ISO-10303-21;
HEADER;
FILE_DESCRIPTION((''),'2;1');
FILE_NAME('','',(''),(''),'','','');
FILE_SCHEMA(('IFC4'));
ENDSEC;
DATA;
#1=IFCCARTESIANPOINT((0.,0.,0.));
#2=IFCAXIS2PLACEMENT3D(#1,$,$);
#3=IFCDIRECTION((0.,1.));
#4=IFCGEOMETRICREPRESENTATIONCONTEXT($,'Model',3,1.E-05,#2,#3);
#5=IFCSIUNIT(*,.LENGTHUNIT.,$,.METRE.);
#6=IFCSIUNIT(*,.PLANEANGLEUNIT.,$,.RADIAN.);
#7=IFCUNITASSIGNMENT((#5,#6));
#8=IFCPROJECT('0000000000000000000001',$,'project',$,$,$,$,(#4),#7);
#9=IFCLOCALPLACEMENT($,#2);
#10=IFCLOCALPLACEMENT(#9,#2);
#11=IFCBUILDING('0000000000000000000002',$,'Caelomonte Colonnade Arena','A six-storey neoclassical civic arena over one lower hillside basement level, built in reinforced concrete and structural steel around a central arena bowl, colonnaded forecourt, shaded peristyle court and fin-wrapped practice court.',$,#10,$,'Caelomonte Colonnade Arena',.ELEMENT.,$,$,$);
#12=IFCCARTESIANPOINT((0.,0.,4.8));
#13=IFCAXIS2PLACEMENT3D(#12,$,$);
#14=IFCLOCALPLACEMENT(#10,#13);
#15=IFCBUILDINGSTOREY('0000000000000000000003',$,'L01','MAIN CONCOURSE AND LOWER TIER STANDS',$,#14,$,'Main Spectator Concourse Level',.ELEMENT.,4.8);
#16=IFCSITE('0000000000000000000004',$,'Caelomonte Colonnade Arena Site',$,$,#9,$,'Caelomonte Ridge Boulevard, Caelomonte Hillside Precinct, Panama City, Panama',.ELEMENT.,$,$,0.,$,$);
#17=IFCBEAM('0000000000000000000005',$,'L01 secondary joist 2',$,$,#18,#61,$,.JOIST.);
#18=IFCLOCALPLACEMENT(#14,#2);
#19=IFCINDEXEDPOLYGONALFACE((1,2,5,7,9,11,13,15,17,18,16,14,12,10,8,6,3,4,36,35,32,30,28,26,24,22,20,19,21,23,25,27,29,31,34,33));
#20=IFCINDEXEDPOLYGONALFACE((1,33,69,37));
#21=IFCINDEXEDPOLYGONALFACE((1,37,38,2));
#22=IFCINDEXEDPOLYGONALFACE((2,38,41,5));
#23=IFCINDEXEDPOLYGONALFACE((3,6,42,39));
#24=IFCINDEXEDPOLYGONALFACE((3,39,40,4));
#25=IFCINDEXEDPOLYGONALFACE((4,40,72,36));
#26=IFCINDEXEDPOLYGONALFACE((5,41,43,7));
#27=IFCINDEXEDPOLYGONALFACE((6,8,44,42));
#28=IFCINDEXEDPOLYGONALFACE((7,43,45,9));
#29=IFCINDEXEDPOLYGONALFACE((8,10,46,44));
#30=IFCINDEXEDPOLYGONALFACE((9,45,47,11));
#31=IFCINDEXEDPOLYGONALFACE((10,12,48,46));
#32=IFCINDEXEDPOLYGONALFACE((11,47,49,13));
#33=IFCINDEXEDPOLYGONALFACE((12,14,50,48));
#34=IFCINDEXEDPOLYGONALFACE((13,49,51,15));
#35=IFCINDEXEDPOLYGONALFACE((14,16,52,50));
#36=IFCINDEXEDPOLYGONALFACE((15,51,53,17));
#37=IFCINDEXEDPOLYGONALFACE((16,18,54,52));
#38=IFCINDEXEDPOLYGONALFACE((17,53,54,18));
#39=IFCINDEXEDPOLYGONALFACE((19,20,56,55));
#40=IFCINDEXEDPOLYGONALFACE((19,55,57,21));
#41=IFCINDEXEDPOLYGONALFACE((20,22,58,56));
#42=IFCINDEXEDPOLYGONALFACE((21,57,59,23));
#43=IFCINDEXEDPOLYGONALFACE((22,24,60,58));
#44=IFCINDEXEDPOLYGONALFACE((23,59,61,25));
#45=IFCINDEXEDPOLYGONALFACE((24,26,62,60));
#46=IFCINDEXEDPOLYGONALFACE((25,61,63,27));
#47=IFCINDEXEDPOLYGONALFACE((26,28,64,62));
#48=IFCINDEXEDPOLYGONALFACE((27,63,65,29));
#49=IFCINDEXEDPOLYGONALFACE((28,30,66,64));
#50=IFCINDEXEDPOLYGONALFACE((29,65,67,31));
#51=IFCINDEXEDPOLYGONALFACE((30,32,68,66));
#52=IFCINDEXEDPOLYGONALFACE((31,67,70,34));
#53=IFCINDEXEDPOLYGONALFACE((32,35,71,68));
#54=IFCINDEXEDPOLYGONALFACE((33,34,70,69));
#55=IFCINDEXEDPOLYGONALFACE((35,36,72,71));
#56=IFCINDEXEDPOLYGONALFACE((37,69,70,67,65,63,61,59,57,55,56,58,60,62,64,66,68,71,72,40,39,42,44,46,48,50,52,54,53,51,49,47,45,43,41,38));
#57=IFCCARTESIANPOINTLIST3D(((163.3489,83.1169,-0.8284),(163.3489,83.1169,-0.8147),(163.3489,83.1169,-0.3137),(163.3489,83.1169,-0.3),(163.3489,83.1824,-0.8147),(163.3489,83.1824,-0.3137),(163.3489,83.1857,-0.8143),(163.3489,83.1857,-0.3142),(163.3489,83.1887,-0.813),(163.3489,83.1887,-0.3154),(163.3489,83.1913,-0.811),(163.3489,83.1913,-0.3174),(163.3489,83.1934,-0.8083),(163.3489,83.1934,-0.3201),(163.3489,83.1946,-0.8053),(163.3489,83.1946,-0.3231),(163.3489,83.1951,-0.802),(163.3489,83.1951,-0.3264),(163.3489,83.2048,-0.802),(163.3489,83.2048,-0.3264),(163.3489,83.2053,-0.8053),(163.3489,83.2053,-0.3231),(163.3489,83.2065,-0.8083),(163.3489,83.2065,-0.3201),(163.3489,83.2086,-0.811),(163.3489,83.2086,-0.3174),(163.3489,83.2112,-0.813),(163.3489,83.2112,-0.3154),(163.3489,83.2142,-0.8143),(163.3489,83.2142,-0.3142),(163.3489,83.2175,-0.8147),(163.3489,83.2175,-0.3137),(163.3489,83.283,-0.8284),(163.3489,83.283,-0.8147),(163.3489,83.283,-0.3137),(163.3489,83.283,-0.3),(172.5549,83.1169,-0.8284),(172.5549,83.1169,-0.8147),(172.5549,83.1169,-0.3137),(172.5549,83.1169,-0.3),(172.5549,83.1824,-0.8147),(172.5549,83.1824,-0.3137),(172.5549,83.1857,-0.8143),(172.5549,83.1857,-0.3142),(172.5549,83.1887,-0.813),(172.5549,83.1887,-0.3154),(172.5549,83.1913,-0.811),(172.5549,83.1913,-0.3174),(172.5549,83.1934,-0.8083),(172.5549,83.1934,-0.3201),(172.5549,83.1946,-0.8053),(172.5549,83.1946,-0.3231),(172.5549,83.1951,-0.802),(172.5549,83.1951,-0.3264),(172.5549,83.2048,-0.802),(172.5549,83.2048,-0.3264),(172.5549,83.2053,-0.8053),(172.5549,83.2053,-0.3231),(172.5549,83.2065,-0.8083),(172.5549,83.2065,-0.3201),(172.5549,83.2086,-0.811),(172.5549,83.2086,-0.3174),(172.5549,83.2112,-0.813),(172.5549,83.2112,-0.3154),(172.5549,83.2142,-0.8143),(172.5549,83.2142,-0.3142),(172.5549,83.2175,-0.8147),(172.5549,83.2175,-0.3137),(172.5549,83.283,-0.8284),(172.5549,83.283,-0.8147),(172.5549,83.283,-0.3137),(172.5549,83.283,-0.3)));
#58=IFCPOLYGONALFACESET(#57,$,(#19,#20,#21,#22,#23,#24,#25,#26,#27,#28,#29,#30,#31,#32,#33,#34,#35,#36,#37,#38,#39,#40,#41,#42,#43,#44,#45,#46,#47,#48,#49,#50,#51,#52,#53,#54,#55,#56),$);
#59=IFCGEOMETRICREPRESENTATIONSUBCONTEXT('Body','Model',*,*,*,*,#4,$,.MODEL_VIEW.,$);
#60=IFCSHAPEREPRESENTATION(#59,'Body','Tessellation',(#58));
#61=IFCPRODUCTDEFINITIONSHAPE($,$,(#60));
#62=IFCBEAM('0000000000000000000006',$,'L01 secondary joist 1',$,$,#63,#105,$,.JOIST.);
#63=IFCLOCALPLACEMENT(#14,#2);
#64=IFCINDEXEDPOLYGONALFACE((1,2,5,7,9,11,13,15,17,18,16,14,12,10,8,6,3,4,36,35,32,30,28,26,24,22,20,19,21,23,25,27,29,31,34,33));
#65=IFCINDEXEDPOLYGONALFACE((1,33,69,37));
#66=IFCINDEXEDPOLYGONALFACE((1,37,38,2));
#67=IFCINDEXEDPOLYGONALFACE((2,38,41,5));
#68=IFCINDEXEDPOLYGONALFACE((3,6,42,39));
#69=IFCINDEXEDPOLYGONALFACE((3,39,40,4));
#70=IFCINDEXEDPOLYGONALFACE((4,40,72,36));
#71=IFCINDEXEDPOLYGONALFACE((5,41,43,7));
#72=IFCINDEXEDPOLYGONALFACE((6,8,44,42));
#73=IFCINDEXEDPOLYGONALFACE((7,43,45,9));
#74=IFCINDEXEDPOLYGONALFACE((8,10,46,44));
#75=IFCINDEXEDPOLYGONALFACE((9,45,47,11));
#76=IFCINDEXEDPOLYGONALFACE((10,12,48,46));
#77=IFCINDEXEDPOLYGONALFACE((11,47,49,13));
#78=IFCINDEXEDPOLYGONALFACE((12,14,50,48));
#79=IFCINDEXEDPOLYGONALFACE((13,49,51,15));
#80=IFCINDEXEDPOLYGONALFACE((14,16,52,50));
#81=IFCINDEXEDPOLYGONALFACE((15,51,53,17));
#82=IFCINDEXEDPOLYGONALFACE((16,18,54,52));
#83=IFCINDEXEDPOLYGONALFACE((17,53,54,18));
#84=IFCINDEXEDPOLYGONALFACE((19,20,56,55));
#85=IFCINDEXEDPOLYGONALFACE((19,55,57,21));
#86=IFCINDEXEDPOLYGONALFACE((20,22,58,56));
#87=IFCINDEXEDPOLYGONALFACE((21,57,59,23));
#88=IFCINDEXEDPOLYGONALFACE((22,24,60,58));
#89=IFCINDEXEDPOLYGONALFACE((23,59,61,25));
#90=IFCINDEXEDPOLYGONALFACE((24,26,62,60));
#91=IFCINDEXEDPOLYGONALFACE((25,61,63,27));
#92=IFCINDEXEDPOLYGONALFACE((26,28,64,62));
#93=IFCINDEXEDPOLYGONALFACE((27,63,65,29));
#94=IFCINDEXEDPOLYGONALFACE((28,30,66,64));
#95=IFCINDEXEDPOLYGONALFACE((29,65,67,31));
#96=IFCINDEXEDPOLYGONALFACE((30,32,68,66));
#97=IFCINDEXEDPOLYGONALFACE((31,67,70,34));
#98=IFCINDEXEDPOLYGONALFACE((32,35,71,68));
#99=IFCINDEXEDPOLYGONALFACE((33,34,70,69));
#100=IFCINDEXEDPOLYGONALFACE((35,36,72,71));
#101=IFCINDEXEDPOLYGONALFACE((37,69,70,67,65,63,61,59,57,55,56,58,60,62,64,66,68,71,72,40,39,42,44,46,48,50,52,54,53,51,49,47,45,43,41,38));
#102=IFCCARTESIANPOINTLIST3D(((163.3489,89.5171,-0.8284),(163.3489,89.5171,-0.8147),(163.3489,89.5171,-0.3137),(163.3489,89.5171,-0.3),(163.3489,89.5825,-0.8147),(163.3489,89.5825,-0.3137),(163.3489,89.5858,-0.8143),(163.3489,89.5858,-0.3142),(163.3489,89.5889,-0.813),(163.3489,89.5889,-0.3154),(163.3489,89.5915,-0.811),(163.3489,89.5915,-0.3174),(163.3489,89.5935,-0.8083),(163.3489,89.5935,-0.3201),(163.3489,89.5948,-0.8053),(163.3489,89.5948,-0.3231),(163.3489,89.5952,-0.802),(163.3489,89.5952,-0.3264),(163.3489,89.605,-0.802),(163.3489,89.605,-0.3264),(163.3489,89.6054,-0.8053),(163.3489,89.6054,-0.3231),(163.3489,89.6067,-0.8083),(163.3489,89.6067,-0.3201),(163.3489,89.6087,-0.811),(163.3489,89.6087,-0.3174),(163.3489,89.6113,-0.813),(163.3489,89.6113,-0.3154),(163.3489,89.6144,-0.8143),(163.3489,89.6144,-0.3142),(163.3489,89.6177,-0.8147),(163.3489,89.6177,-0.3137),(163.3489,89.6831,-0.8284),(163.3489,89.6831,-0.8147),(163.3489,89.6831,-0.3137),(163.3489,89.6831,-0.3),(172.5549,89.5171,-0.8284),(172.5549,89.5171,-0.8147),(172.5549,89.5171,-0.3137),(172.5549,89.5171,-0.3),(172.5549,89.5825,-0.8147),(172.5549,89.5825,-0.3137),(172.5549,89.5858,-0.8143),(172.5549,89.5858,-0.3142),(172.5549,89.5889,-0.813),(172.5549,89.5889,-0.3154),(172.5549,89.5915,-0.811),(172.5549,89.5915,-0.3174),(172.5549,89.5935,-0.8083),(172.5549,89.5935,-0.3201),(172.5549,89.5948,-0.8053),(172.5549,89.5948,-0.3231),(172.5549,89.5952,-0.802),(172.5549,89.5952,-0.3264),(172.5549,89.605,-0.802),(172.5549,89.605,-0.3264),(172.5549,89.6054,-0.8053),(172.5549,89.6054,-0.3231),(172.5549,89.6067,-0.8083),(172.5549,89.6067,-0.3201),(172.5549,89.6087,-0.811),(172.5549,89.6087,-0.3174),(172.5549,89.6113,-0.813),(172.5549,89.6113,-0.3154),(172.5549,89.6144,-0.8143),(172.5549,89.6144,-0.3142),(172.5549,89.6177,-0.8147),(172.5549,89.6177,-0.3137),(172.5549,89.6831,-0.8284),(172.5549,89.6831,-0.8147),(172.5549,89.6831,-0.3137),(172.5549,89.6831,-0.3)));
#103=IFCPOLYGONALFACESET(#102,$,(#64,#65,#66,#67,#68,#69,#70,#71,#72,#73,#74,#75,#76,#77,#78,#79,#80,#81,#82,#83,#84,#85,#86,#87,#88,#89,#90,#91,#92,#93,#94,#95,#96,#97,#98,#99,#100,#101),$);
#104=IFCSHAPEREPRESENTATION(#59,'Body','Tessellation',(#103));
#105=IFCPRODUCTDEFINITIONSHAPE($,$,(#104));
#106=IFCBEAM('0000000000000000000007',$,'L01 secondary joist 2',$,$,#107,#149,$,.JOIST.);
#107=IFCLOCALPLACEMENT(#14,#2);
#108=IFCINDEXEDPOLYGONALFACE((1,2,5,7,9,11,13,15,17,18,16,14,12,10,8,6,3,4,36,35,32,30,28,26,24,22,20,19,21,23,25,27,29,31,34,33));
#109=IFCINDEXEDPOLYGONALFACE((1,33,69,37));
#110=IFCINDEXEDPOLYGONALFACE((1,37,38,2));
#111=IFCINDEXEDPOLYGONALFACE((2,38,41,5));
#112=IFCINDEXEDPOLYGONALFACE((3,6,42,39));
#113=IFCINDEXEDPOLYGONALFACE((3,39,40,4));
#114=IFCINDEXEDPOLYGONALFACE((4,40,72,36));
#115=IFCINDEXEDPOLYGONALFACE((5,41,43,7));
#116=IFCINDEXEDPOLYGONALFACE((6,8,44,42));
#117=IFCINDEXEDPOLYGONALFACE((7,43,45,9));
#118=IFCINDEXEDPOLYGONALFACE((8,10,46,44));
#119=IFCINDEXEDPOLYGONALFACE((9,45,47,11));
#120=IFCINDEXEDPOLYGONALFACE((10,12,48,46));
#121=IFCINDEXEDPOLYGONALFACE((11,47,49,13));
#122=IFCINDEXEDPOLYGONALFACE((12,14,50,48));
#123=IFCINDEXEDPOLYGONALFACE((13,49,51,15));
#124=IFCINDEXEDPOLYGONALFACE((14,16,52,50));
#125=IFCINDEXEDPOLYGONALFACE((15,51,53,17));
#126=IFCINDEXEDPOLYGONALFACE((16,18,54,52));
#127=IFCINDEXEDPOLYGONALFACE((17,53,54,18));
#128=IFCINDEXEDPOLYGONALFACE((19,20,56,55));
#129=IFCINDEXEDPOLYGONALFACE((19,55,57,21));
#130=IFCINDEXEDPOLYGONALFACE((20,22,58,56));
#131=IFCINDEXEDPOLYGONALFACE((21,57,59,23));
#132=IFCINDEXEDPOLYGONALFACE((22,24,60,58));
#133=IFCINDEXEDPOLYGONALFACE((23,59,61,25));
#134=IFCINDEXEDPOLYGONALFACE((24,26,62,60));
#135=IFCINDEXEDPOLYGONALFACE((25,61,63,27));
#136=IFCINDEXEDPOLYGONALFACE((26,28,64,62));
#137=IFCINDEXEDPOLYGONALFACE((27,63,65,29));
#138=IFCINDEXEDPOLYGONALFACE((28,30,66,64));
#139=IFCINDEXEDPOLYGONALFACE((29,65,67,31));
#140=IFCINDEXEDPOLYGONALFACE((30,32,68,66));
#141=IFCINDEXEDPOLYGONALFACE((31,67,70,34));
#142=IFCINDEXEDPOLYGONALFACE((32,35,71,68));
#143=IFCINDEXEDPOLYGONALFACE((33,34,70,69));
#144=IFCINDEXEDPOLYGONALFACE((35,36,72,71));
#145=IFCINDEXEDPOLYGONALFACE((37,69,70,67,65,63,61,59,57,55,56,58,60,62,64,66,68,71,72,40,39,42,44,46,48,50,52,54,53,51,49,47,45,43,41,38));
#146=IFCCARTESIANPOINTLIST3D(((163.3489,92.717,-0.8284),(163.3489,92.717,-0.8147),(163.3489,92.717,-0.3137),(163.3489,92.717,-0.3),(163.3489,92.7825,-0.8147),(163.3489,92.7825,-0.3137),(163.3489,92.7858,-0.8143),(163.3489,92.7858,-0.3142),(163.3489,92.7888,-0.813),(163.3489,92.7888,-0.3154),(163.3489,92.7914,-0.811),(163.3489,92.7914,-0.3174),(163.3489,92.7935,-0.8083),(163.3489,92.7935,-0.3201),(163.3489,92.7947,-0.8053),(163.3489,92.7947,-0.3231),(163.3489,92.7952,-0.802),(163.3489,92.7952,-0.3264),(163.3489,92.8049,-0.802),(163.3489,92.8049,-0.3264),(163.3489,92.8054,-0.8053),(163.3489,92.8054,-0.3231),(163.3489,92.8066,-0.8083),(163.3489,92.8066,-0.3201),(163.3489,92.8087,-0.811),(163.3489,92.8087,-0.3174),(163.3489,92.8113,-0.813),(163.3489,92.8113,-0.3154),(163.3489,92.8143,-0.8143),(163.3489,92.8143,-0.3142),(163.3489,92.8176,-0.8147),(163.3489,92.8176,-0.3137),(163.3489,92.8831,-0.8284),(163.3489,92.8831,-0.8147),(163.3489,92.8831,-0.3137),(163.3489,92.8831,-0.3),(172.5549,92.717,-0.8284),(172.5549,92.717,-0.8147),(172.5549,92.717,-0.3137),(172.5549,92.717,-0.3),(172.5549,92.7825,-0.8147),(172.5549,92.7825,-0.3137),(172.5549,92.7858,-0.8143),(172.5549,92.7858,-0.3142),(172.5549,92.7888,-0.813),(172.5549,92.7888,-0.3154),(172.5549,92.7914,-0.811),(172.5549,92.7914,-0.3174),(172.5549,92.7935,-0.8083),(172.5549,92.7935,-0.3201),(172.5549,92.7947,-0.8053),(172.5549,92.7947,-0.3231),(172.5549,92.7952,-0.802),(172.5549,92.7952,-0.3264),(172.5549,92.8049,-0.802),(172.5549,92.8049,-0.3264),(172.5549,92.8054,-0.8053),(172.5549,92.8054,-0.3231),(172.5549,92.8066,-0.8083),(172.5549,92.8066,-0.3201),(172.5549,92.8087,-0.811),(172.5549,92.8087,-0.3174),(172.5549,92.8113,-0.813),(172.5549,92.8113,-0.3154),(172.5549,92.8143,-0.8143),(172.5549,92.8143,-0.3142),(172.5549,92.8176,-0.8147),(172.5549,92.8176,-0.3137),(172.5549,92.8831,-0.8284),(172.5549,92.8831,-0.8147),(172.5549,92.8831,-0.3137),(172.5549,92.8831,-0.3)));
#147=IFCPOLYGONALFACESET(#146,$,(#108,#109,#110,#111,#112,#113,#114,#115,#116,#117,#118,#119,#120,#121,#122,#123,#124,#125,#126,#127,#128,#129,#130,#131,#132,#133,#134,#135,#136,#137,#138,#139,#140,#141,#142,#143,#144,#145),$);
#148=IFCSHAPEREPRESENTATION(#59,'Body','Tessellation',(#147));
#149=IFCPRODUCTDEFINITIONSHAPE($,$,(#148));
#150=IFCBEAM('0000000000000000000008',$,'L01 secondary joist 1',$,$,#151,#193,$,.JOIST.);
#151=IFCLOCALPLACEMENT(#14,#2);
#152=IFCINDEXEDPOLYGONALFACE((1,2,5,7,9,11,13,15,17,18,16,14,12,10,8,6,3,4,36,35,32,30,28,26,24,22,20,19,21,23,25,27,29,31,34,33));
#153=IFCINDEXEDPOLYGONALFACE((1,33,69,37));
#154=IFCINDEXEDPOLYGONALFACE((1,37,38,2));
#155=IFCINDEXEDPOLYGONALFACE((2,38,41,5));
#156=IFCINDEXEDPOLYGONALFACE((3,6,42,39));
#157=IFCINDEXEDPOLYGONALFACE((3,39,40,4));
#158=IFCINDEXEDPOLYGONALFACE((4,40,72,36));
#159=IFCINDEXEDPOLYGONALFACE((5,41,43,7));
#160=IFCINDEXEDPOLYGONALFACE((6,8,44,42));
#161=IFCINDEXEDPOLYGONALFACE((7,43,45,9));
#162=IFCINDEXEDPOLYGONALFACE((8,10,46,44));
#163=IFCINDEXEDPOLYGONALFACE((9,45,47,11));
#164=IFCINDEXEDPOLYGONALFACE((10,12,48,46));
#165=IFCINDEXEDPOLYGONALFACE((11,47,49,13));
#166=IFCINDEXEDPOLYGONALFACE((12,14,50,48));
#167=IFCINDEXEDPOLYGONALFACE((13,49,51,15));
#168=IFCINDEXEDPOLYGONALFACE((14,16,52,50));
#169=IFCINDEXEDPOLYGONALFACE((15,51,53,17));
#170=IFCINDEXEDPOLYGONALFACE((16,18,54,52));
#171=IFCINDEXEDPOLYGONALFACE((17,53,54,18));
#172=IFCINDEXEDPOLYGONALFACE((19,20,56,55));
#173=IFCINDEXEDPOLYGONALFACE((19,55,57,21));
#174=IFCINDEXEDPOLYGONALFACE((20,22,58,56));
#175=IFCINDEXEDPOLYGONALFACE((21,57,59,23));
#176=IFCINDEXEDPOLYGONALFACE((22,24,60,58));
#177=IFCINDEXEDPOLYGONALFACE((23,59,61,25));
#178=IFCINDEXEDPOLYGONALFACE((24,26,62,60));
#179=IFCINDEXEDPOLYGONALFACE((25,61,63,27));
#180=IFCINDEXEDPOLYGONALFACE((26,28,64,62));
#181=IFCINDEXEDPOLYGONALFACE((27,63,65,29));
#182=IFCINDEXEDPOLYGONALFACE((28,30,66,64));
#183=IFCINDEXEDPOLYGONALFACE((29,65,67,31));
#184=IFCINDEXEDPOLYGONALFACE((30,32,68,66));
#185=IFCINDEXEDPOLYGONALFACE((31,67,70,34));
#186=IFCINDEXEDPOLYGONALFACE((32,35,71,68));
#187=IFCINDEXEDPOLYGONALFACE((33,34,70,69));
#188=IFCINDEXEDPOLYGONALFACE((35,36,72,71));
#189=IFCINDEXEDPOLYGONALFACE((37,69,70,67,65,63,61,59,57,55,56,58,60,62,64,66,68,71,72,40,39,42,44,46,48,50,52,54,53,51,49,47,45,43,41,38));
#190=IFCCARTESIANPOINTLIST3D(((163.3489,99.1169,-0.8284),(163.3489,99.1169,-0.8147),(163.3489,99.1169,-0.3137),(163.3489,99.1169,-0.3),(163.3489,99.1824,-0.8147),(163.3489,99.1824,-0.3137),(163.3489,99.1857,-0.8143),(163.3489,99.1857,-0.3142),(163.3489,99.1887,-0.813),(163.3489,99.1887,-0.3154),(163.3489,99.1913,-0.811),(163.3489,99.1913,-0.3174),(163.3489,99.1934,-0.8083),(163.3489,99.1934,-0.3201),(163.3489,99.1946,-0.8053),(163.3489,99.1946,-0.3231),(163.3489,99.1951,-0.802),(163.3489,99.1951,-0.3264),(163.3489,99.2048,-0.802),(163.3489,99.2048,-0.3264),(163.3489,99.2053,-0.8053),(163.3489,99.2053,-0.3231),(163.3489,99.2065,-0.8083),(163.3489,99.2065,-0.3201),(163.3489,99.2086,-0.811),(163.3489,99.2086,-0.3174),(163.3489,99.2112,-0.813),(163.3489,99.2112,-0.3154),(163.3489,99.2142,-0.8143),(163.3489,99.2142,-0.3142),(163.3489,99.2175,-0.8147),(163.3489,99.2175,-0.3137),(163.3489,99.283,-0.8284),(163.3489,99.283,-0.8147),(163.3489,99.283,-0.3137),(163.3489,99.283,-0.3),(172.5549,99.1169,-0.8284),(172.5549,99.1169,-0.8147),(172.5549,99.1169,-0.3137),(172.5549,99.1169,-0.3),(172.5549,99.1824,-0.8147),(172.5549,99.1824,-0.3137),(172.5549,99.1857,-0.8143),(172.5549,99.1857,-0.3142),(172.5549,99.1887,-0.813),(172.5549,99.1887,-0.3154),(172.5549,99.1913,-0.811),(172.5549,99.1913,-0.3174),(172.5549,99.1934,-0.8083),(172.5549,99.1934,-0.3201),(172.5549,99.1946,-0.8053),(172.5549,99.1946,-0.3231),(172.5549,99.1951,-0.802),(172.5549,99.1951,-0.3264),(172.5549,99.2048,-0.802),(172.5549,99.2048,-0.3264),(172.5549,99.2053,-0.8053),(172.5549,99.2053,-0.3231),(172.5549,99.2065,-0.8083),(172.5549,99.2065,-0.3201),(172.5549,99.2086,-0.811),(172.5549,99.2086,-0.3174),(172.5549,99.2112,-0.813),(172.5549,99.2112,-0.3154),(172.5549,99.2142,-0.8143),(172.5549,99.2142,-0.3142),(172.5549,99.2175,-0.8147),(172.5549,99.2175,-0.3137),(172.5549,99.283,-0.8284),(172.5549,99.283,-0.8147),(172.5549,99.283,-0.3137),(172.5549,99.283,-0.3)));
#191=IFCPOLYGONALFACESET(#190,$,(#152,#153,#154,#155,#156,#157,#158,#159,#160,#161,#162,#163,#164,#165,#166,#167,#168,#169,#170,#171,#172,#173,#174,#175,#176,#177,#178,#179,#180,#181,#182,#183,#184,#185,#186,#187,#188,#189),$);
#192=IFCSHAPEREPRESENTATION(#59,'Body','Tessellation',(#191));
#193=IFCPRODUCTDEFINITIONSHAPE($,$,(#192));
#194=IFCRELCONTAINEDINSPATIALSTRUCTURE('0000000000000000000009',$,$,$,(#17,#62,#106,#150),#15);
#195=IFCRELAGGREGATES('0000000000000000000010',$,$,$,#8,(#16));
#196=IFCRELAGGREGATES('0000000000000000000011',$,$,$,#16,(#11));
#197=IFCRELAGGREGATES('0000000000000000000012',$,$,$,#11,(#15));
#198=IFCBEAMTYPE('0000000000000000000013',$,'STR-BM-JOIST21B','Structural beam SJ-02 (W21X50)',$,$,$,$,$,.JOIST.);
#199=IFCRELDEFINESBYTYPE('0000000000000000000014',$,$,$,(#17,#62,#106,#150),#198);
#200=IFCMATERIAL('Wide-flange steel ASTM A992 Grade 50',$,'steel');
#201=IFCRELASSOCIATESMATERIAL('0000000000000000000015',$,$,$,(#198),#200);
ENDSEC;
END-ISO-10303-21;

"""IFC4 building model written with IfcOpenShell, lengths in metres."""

from ifc_helpers import new_model, si_unit, direction, frame, origin, origin_2d, place, context, subcontext, project, spatial, i_section, extrude, material, material_profile, profile_set, type_object, element, save


model = new_model("IFC4")

# Units and contexts
model_context = context("Model", 3, precision=1e-05, world=origin(), true_north=direction((0.0, 1.0)))
body_context = subcontext(model_context, "Body", "Model", "MODEL_VIEW")
ifc_project = project(units=[si_unit("LENGTHUNIT", "METRE"), si_unit("PLANEANGLEUNIT", "RADIAN")], contexts=[model_context])

# Site, building, storey
site_placement = place(None, origin())
site = spatial("IfcSite", under=ifc_project, at=site_placement, Name="Caelomonte Colonnade Arena Site", LongName="Caelomonte Ridge Boulevard, Caelomonte Hillside Precinct, Panama City, Panama", CompositionType="ELEMENT", RefElevation=0.0)
building_placement = place(site_placement, origin())
building = spatial("IfcBuilding", under=site, at=building_placement, Name="Caelomonte Colonnade Arena", Description="A six-storey neoclassical civic arena over one lower hillside basement level, built in reinforced concrete and structural steel around a central arena bowl, colonnaded forecourt, shaded peristyle court and fin-wrapped practice court.", LongName="Caelomonte Colonnade Arena", CompositionType="ELEMENT")
storey_placement = place(building_placement, frame((0.0, 0.0, 4.8)))
storey = spatial("IfcBuildingStorey", under=building, at=storey_placement, Name="L01", Description="MAIN CONCOURSE AND LOWER TIER STANDS", LongName="Main Spectator Concourse Level", CompositionType="ELEMENT", Elevation=4.8)

# Shared definitions
ifc_material_1 = material(Name="Wide-flange steel ASTM A992 Grade 50", Category="steel")

# Beams
ifc_material_profile_1 = material_profile(ifc_material_1, i_section(OverallWidth=0.166, OverallDepth=0.5283, WebThickness=0.0098, FlangeThickness=0.0137, FilletRadius=0.0127, at=origin_2d()), Name="W21X50")
ifc_profile_set_1 = profile_set([ifc_material_profile_1], Name="Wide-flange steel ASTM A992 Grade 50")
beam_type_1 = type_object("IfcBeamType", Name="STR-BM-JOIST21B", Description="Structural beam SJ-02 (W21X50)", PredefinedType="JOIST", material=ifc_profile_set_1)
for number, where, z_axis, x_axis, name in (
    (1, (163.3489, 83.2, -0.5642), (1.0, 0.0, 0.0), (0.0, 1.0, 0.0), "L01 secondary joist 2"),
    (2, (163.3489, 89.6001, -0.5642), (1.0, 0.0, 0.0), (0.0, 1.0, 0.0), "L01 secondary joist 1"),
    (3, (163.3489, 92.8, -0.5642), (1.0, 0.0, 0.0), (0.0, 1.0, 0.0), "L01 secondary joist 2"),
    (4, (163.3489, 99.2, -0.5642), (1.0, 0.0, 0.0), (0.0, 1.0, 0.0), "L01 secondary joist 1"),
):
    element("IfcBeam", number, at=place(storey_placement, frame(where, z_axis=z_axis, x_axis=x_axis)), inside=storey, type_object=beam_type_1, Name=name, PredefinedType="JOIST", context=body_context, shape_type="SweptSolid", body=[
        extrude(i_section(OverallWidth=0.166, OverallDepth=0.5283, WebThickness=0.0098, FlangeThickness=0.0137, FilletRadius=0.0127, at=origin_2d()), origin(), (0.0, 0.0, 1.0), 9.2061),
    ])

save(model, "model.ifc")
